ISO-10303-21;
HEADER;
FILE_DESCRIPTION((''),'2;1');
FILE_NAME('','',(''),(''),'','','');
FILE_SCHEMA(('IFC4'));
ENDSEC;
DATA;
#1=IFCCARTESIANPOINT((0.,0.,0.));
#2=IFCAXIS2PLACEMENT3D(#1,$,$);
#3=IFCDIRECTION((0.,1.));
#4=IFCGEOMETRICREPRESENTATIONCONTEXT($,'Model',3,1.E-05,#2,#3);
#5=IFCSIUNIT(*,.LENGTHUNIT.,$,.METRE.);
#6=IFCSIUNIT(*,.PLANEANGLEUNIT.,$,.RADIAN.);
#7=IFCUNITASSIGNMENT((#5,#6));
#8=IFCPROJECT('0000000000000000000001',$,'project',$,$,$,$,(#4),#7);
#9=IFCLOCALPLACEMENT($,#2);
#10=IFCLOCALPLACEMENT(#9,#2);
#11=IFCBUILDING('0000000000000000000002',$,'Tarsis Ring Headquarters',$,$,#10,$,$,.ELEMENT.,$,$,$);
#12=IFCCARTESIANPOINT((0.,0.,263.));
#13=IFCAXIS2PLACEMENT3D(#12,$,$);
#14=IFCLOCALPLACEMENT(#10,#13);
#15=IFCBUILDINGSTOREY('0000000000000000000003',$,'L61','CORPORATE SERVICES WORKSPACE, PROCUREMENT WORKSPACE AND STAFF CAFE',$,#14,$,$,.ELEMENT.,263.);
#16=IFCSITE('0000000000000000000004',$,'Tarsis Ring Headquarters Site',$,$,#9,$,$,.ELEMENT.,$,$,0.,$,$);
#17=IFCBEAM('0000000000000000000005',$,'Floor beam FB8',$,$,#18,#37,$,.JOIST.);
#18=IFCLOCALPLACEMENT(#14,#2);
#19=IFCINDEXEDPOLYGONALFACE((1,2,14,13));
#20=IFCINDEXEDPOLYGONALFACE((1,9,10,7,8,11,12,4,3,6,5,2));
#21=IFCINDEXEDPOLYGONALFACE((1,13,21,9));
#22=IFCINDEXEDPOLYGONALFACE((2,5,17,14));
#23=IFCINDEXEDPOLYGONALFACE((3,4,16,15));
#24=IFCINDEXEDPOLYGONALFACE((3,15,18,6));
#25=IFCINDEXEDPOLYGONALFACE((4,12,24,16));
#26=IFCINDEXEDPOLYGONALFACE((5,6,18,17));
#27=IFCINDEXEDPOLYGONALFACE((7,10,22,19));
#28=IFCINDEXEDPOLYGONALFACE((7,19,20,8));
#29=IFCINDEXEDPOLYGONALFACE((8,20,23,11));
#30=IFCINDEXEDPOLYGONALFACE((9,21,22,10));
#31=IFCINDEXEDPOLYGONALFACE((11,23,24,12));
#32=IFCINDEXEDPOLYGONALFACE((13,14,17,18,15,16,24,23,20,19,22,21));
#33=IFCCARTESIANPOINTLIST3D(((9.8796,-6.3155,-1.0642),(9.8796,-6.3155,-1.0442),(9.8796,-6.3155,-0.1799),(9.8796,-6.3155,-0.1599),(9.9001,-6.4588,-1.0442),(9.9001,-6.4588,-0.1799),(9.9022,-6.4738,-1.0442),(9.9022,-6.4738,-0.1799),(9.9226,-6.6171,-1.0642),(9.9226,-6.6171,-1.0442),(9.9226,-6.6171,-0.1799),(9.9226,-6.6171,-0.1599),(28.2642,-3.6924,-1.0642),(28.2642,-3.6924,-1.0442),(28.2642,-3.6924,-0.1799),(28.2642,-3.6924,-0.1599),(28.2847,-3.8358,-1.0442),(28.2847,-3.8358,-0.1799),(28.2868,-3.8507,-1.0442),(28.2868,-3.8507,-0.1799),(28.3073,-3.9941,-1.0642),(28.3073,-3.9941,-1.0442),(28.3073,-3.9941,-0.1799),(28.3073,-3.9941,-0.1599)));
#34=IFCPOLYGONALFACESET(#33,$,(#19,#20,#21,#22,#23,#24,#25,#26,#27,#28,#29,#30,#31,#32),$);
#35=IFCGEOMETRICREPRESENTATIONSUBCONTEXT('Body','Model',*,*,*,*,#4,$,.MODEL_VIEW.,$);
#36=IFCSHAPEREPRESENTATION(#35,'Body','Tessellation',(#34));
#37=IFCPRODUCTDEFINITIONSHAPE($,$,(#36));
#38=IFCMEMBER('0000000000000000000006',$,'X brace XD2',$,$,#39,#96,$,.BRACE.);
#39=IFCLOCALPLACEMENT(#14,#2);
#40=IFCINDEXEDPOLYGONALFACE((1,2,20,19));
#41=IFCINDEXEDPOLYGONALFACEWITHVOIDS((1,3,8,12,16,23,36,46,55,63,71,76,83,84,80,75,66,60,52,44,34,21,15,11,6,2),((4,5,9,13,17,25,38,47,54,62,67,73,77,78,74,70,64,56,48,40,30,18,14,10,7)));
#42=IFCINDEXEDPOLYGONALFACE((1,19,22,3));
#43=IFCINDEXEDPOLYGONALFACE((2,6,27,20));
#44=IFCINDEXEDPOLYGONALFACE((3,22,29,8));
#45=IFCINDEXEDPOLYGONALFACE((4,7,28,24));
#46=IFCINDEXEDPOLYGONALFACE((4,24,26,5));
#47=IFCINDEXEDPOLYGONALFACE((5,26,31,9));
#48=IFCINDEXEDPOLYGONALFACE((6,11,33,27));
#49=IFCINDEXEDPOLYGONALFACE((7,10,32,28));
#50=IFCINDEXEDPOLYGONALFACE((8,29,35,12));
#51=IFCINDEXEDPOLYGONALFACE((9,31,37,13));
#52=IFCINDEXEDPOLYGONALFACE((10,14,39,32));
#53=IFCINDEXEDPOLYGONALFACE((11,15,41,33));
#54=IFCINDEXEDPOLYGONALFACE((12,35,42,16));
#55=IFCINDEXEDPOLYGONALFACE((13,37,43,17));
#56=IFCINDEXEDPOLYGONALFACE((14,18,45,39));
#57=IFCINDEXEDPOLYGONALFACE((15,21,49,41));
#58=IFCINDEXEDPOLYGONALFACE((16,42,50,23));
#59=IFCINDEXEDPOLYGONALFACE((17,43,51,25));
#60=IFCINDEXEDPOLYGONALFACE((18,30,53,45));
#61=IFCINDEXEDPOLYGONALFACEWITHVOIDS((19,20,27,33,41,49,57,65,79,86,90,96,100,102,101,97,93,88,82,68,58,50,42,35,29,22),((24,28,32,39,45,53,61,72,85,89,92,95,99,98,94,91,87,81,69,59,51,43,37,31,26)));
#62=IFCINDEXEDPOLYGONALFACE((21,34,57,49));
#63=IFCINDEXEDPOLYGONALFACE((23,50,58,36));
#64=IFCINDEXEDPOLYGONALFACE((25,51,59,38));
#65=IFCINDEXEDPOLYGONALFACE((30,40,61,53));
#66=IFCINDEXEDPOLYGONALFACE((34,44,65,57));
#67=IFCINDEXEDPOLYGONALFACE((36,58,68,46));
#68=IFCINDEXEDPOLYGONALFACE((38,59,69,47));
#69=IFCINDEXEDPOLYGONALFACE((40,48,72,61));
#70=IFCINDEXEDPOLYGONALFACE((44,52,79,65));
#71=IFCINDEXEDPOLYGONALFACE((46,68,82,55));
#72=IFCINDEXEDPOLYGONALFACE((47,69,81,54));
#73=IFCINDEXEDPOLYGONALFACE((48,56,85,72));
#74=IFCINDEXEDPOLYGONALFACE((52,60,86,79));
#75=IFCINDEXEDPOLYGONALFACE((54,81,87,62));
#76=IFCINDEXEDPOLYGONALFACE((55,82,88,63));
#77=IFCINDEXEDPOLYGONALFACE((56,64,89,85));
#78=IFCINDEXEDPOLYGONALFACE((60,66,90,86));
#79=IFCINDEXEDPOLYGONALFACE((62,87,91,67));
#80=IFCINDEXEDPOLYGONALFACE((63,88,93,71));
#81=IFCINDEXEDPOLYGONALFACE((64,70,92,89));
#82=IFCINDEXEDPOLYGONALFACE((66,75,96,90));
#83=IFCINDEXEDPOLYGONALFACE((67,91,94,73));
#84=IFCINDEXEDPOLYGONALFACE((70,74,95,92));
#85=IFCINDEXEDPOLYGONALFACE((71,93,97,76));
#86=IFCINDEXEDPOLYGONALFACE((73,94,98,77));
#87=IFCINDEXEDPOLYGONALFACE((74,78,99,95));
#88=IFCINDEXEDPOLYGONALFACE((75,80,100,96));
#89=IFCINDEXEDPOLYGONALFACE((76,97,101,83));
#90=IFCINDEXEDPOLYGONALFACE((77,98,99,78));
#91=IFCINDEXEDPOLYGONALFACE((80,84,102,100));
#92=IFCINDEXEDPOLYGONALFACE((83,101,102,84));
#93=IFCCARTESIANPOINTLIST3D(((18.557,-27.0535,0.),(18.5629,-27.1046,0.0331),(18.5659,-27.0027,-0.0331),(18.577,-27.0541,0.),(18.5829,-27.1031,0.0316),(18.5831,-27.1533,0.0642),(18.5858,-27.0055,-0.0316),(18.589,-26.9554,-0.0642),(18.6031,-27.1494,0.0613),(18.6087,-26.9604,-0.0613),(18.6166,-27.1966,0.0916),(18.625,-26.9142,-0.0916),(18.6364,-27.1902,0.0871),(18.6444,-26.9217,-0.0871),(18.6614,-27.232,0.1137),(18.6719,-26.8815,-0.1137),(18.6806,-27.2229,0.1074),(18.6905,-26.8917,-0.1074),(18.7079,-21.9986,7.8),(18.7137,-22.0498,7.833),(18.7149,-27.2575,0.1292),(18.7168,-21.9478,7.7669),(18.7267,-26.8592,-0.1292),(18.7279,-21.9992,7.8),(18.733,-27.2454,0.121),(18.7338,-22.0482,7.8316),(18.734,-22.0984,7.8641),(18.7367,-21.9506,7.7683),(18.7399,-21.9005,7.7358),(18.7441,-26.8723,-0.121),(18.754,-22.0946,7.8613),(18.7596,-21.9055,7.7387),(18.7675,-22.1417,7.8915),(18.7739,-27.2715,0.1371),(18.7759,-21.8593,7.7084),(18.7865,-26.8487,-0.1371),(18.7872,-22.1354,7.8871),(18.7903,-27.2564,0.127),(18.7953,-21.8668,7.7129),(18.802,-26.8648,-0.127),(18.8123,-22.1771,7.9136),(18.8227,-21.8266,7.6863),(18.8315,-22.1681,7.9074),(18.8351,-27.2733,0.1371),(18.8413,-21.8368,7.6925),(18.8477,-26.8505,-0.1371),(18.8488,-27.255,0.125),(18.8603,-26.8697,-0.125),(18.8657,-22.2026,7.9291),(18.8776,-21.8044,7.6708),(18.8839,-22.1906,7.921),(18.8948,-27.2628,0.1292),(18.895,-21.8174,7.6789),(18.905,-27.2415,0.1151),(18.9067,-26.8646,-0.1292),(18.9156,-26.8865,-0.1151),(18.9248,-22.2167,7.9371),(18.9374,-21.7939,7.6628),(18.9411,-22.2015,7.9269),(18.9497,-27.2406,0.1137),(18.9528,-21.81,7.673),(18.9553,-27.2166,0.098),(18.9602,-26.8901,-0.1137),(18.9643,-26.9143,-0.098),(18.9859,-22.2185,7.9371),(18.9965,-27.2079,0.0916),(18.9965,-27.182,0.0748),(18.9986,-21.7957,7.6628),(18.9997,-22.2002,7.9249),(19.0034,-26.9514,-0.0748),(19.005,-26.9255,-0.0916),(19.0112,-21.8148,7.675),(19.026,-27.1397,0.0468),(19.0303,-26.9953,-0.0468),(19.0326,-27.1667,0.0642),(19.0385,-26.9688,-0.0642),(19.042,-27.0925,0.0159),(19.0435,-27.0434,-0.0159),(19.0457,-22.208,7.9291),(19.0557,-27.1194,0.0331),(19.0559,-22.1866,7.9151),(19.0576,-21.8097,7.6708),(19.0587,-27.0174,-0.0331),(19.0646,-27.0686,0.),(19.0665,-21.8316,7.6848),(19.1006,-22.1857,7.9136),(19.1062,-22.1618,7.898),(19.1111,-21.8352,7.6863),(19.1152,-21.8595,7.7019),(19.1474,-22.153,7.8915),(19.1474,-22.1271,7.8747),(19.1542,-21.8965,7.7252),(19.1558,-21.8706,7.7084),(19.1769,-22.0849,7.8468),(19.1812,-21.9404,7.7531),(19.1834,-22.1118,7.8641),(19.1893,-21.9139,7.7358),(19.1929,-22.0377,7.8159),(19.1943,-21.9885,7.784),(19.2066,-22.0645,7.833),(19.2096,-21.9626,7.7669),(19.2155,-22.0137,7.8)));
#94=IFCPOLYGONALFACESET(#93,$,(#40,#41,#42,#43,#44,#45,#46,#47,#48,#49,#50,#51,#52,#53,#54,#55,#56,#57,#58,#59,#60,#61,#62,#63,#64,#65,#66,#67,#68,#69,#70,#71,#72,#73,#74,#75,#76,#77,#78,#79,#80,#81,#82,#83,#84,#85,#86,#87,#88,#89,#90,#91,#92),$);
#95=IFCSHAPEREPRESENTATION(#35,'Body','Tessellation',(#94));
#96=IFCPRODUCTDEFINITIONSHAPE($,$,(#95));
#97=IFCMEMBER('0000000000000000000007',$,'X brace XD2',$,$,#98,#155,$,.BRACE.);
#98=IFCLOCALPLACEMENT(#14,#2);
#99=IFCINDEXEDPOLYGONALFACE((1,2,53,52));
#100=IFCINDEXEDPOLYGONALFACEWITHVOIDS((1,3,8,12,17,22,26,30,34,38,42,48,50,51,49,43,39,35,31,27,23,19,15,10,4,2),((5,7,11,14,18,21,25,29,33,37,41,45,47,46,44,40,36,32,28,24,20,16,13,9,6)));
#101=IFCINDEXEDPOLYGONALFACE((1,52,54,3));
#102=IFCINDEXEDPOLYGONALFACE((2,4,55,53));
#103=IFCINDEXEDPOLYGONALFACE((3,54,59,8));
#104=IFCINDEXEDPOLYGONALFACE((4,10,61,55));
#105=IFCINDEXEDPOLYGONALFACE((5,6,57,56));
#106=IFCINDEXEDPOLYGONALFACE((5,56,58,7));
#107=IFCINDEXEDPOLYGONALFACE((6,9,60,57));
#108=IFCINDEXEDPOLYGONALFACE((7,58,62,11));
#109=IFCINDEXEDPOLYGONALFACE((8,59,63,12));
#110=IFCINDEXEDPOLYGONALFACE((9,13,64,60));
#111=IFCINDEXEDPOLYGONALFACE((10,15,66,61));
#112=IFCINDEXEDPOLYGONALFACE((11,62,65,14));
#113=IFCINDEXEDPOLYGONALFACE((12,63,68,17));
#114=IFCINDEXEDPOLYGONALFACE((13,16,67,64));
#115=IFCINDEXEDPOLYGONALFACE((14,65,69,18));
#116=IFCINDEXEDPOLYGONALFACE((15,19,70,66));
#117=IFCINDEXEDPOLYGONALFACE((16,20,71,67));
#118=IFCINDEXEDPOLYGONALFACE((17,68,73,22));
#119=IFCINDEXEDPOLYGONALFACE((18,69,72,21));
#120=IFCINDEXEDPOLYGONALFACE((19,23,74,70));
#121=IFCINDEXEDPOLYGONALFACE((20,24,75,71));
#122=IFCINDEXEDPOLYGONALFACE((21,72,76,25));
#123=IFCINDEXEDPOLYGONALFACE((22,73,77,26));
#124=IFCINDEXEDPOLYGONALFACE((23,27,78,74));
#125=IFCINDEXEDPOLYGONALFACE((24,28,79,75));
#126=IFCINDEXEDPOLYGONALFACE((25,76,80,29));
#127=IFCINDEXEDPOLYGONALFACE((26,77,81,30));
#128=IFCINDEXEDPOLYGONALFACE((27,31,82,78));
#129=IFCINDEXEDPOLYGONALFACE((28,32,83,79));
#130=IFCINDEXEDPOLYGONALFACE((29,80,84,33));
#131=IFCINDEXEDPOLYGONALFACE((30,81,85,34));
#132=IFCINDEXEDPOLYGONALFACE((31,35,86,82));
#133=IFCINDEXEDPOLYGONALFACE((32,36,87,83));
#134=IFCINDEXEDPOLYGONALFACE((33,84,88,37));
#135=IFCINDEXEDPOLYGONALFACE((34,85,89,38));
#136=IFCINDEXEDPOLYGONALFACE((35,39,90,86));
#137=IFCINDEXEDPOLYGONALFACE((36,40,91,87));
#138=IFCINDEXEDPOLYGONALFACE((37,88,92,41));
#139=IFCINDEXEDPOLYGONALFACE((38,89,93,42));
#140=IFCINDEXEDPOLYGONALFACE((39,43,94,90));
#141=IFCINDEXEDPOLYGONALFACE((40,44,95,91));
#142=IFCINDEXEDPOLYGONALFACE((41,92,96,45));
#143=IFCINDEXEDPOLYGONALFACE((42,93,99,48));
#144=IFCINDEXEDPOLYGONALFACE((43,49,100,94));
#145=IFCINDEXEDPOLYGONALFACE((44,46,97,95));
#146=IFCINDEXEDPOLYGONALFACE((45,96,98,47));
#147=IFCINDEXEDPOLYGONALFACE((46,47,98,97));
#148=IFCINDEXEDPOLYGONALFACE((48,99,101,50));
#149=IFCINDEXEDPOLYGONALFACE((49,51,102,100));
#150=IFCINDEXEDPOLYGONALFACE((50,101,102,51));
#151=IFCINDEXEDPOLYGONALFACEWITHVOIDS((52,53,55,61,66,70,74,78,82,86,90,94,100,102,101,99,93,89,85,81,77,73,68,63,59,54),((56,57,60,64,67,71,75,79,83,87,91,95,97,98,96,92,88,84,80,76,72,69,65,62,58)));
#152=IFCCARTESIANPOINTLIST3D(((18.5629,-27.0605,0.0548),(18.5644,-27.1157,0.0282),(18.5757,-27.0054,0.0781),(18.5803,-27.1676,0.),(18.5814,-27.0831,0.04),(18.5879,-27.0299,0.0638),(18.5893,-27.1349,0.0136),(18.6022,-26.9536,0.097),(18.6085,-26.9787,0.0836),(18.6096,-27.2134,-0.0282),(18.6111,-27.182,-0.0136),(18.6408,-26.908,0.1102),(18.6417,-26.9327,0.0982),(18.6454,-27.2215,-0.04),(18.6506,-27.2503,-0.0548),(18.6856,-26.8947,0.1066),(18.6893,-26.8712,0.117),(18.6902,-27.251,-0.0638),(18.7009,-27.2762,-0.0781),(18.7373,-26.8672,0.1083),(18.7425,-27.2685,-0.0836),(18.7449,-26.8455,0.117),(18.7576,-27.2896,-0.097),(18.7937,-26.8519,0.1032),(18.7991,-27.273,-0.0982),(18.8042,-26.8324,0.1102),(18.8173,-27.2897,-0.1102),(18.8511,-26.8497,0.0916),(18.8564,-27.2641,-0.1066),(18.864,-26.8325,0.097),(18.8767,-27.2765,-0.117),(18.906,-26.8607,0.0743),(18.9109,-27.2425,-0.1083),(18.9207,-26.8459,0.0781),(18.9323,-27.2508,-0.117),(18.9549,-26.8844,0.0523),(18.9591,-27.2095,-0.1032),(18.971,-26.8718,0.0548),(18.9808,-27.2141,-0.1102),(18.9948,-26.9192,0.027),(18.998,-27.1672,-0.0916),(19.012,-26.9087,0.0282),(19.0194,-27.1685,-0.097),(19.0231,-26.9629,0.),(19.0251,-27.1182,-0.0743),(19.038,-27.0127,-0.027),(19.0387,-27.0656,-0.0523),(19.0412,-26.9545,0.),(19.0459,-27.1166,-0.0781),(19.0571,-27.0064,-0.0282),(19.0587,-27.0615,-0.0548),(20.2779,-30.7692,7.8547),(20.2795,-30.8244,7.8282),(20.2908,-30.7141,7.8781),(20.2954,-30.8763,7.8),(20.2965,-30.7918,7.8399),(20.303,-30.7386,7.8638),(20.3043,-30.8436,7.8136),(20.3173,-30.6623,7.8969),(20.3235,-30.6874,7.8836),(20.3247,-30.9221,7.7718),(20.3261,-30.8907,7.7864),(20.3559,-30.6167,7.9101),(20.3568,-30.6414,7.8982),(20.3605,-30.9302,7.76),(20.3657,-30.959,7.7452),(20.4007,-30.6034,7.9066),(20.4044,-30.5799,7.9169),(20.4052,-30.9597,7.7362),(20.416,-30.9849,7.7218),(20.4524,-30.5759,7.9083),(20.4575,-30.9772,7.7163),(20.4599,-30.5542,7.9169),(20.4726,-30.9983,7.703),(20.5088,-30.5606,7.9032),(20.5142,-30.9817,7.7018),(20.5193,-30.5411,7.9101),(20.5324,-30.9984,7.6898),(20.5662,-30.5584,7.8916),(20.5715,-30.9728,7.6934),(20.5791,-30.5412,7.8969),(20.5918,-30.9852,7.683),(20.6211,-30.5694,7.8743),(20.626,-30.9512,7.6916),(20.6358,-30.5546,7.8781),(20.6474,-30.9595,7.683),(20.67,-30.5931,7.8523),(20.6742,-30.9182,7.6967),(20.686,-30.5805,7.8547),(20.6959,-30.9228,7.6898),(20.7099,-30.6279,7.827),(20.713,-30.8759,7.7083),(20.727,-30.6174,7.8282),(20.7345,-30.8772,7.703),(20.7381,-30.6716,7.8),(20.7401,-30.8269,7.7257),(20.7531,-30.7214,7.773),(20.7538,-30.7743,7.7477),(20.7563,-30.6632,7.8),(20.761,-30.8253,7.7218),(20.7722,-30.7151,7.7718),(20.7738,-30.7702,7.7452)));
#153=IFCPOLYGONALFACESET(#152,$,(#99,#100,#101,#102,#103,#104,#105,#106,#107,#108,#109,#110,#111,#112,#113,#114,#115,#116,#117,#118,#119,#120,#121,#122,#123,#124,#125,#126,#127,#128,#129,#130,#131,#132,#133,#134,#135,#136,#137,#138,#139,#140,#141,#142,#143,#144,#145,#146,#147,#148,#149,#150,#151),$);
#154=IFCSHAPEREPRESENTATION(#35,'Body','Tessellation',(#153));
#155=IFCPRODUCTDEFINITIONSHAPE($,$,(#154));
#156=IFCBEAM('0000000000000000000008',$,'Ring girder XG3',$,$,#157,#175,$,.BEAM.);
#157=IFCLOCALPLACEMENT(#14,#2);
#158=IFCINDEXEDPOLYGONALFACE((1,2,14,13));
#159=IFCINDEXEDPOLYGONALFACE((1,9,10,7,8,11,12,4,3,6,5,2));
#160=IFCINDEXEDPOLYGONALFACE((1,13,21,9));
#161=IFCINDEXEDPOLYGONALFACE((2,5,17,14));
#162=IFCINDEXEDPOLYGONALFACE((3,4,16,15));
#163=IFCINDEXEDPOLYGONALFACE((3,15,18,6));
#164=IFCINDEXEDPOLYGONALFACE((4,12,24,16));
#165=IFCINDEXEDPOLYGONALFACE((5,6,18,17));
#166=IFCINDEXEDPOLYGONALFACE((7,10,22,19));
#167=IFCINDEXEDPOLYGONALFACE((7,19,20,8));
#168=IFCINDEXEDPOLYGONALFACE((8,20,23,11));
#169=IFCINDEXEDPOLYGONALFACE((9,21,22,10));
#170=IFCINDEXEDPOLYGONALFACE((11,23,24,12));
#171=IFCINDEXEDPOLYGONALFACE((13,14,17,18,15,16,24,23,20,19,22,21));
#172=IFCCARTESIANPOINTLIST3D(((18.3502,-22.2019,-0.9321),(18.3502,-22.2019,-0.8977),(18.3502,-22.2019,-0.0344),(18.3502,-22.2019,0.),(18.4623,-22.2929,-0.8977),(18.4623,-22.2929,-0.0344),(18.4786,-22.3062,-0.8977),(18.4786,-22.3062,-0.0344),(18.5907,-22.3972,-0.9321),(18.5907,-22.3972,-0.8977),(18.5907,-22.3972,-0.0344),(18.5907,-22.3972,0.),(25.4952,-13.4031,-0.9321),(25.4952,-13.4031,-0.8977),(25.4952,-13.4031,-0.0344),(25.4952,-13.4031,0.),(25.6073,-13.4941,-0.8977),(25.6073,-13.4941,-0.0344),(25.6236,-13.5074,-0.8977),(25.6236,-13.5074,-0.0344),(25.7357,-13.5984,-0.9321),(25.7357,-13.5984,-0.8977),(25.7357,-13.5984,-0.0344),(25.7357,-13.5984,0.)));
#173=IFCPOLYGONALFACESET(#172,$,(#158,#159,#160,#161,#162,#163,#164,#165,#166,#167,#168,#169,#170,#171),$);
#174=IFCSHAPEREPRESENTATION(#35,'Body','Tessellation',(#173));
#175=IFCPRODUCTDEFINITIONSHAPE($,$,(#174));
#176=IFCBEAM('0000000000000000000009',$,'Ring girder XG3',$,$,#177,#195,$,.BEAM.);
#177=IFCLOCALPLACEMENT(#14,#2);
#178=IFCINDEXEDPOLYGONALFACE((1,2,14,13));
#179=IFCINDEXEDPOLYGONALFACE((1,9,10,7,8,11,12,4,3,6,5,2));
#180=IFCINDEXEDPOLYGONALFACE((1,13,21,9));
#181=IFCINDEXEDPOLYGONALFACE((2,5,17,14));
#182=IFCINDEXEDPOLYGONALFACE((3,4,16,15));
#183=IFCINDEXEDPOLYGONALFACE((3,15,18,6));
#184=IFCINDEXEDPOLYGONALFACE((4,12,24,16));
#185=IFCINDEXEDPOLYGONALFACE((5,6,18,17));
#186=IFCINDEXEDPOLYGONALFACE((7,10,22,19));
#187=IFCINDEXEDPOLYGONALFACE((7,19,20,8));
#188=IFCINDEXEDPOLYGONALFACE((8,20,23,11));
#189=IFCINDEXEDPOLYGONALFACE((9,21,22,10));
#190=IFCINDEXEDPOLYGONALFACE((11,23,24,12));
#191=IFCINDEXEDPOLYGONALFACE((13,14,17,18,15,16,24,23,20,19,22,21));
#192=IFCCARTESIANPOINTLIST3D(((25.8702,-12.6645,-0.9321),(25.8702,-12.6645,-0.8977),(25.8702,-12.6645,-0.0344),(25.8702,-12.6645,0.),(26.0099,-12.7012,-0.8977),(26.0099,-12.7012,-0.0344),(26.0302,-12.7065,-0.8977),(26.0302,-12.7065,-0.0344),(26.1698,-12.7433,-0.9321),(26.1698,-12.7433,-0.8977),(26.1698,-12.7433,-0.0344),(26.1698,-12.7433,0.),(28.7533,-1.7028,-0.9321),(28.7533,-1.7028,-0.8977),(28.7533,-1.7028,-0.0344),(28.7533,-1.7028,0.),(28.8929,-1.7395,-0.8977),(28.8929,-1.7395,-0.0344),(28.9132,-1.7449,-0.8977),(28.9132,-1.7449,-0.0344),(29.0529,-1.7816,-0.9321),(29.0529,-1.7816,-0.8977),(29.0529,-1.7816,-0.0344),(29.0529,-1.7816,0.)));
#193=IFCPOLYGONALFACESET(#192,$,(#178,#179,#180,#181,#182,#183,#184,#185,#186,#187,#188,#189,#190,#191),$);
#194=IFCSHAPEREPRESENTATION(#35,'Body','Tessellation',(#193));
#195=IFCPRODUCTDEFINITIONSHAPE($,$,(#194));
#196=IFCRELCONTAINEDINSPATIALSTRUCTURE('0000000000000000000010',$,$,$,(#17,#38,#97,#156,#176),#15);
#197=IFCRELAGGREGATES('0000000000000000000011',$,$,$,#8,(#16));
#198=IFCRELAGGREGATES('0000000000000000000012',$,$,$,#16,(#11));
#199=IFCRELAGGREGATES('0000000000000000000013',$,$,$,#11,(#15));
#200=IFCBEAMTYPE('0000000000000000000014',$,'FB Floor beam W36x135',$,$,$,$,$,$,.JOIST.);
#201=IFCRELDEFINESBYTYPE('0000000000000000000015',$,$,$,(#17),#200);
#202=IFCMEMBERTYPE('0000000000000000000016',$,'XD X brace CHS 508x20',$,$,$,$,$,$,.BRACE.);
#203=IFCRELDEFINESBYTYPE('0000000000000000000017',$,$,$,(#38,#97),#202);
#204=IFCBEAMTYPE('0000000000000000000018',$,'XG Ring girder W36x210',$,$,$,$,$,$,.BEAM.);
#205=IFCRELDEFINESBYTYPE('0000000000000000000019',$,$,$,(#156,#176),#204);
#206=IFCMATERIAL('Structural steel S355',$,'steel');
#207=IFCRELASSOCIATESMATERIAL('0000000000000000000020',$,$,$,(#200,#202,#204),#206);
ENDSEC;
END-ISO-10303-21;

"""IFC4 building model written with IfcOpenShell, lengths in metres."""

from ifc_helpers import new_model, si_unit, direction, frame, origin, origin_2d, place, context, subcontext, project, spatial, hollow_circle, i_section, extrude, material, material_profile, profile_set, type_object, element, save


model = new_model("IFC4")

# Units and contexts
model_context = context("Model", 3, precision=1e-05, world=origin(), true_north=direction((0.0, 1.0)))
body_context = subcontext(model_context, "Body", "Model", "MODEL_VIEW")
ifc_project = project(units=[si_unit("LENGTHUNIT", "METRE"), si_unit("PLANEANGLEUNIT", "RADIAN")], contexts=[model_context])

# Site, building, storey
site_placement = place(None, origin())
site = spatial("IfcSite", under=ifc_project, at=site_placement, Name="Tarsis Ring Headquarters Site", CompositionType="ELEMENT", RefElevation=0.0)
building_placement = place(site_placement, origin())
building = spatial("IfcBuilding", under=site, at=building_placement, Name="Tarsis Ring Headquarters", CompositionType="ELEMENT")
storey_placement = place(building_placement, frame((0.0, 0.0, 263.0)))
storey = spatial("IfcBuildingStorey", under=building, at=storey_placement, Name="L61", Description="CORPORATE SERVICES WORKSPACE, PROCUREMENT WORKSPACE AND STAFF CAFE", CompositionType="ELEMENT", Elevation=263.0)

# Shared definitions
ifc_material_1 = material(Name="Structural steel S355", Category="steel")

# Beam
ifc_material_profile_1 = material_profile(ifc_material_1, i_section(OverallWidth=0.3047, OverallDepth=0.9043, WebThickness=0.0151, FlangeThickness=0.02, at=origin_2d()), Name="W36x135")
ifc_profile_set_1 = profile_set([ifc_material_profile_1], Name="Structural steel S355")
beam_type_1 = type_object("IfcBeamType", Name="FB Floor beam W36x135", PredefinedType="JOIST", material=ifc_profile_set_1)
beam_1_placement = place(storey_placement, frame((9.9011, -6.4663, -0.6121), z_axis=(0.989974, 0.141247, 0.0), x_axis=(-0.141247, 0.989974, 0.0)))
element("IfcBeam", 1, at=beam_1_placement, inside=storey, type_object=beam_type_1, Name="Floor beam FB8", PredefinedType="JOIST", context=body_context, shape_type="SweptSolid", body=[
    extrude(i_section(OverallWidth=0.3047, OverallDepth=0.9043, WebThickness=0.0151, FlangeThickness=0.02, at=origin_2d()), origin(), (0.0, 0.0, 1.0), 18.5708),
])

# Members
ifc_material_profile_2 = material_profile(ifc_material_1, hollow_circle(Radius=0.2539, WallThickness=0.02, at=origin_2d()), Name="CHS 508x20")
ifc_profile_set_2 = profile_set([ifc_material_profile_2], Name="Structural steel S355")
member_type = type_object("IfcMemberType", Name="XD X brace CHS 508x20", PredefinedType="BRACE", material=ifc_profile_set_2)
member_1_placement = place(storey_placement, frame((18.8108, -27.061, 0.0), z_axis=(0.01623, 0.543774, 0.839075), x_axis=(-0.999555, 0.029835, 0.0)))
element("IfcMember", 2, at=member_1_placement, inside=storey, type_object=member_type, Name="X brace XD2", PredefinedType="BRACE", context=body_context, shape_type="SweptSolid", body=[
    extrude(hollow_circle(Radius=0.2539, WallThickness=0.02, at=origin_2d()), origin(), (0.0, 0.0, 1.0), 9.2959),
])
member_2_placement = place(storey_placement, frame((18.8108, -27.061, 0.0), z_axis=(0.194774, -0.421184, 0.885814), x_axis=(0.907646, 0.419736, 0.0)))
element("IfcMember", 3, at=member_2_placement, inside=storey, type_object=member_type, Name="X brace XD2", PredefinedType="BRACE", context=body_context, shape_type="SweptSolid", body=[
    extrude(hollow_circle(Radius=0.2539, WallThickness=0.02, at=origin_2d()), origin(), (0.0, 0.0, 1.0), 8.8054),
])

# Beams
ifc_material_profile_3 = material_profile(ifc_material_1, i_section(OverallWidth=0.3098, OverallDepth=0.9321, WebThickness=0.021, FlangeThickness=0.0344, at=origin_2d()), Name="W36x210")
ifc_profile_set_3 = profile_set([ifc_material_profile_3], Name="Structural steel S355")
beam_type_2 = type_object("IfcBeamType", Name="XG Ring girder W36x210", PredefinedType="BEAM", material=ifc_profile_set_3)
for number, where, z_axis, x_axis, name in (
    (4, (18.4705, -22.2996, -0.4661), (0.630379, 0.776288, 0.0), (-0.776288, 0.630379, 0.0), "Ring girder XG3"),
    (5, (26.02, -12.7039, -0.4661), (0.254362, 0.967109, 0.0), (-0.967109, 0.254362, 0.0), "Ring girder XG3"),
):
    element("IfcBeam", number, at=place(storey_placement, frame(where, z_axis=z_axis, x_axis=x_axis)), inside=storey, type_object=beam_type_2, Name=name, PredefinedType="BEAM", context=body_context, shape_type="SweptSolid", body=[
        extrude(i_section(OverallWidth=0.3098, OverallDepth=0.9321, WebThickness=0.021, FlangeThickness=0.0344, at=origin_2d()), origin(), (0.0, 0.0, 1.0), 11.3345),
    ])

save(model, "model.ifc")
